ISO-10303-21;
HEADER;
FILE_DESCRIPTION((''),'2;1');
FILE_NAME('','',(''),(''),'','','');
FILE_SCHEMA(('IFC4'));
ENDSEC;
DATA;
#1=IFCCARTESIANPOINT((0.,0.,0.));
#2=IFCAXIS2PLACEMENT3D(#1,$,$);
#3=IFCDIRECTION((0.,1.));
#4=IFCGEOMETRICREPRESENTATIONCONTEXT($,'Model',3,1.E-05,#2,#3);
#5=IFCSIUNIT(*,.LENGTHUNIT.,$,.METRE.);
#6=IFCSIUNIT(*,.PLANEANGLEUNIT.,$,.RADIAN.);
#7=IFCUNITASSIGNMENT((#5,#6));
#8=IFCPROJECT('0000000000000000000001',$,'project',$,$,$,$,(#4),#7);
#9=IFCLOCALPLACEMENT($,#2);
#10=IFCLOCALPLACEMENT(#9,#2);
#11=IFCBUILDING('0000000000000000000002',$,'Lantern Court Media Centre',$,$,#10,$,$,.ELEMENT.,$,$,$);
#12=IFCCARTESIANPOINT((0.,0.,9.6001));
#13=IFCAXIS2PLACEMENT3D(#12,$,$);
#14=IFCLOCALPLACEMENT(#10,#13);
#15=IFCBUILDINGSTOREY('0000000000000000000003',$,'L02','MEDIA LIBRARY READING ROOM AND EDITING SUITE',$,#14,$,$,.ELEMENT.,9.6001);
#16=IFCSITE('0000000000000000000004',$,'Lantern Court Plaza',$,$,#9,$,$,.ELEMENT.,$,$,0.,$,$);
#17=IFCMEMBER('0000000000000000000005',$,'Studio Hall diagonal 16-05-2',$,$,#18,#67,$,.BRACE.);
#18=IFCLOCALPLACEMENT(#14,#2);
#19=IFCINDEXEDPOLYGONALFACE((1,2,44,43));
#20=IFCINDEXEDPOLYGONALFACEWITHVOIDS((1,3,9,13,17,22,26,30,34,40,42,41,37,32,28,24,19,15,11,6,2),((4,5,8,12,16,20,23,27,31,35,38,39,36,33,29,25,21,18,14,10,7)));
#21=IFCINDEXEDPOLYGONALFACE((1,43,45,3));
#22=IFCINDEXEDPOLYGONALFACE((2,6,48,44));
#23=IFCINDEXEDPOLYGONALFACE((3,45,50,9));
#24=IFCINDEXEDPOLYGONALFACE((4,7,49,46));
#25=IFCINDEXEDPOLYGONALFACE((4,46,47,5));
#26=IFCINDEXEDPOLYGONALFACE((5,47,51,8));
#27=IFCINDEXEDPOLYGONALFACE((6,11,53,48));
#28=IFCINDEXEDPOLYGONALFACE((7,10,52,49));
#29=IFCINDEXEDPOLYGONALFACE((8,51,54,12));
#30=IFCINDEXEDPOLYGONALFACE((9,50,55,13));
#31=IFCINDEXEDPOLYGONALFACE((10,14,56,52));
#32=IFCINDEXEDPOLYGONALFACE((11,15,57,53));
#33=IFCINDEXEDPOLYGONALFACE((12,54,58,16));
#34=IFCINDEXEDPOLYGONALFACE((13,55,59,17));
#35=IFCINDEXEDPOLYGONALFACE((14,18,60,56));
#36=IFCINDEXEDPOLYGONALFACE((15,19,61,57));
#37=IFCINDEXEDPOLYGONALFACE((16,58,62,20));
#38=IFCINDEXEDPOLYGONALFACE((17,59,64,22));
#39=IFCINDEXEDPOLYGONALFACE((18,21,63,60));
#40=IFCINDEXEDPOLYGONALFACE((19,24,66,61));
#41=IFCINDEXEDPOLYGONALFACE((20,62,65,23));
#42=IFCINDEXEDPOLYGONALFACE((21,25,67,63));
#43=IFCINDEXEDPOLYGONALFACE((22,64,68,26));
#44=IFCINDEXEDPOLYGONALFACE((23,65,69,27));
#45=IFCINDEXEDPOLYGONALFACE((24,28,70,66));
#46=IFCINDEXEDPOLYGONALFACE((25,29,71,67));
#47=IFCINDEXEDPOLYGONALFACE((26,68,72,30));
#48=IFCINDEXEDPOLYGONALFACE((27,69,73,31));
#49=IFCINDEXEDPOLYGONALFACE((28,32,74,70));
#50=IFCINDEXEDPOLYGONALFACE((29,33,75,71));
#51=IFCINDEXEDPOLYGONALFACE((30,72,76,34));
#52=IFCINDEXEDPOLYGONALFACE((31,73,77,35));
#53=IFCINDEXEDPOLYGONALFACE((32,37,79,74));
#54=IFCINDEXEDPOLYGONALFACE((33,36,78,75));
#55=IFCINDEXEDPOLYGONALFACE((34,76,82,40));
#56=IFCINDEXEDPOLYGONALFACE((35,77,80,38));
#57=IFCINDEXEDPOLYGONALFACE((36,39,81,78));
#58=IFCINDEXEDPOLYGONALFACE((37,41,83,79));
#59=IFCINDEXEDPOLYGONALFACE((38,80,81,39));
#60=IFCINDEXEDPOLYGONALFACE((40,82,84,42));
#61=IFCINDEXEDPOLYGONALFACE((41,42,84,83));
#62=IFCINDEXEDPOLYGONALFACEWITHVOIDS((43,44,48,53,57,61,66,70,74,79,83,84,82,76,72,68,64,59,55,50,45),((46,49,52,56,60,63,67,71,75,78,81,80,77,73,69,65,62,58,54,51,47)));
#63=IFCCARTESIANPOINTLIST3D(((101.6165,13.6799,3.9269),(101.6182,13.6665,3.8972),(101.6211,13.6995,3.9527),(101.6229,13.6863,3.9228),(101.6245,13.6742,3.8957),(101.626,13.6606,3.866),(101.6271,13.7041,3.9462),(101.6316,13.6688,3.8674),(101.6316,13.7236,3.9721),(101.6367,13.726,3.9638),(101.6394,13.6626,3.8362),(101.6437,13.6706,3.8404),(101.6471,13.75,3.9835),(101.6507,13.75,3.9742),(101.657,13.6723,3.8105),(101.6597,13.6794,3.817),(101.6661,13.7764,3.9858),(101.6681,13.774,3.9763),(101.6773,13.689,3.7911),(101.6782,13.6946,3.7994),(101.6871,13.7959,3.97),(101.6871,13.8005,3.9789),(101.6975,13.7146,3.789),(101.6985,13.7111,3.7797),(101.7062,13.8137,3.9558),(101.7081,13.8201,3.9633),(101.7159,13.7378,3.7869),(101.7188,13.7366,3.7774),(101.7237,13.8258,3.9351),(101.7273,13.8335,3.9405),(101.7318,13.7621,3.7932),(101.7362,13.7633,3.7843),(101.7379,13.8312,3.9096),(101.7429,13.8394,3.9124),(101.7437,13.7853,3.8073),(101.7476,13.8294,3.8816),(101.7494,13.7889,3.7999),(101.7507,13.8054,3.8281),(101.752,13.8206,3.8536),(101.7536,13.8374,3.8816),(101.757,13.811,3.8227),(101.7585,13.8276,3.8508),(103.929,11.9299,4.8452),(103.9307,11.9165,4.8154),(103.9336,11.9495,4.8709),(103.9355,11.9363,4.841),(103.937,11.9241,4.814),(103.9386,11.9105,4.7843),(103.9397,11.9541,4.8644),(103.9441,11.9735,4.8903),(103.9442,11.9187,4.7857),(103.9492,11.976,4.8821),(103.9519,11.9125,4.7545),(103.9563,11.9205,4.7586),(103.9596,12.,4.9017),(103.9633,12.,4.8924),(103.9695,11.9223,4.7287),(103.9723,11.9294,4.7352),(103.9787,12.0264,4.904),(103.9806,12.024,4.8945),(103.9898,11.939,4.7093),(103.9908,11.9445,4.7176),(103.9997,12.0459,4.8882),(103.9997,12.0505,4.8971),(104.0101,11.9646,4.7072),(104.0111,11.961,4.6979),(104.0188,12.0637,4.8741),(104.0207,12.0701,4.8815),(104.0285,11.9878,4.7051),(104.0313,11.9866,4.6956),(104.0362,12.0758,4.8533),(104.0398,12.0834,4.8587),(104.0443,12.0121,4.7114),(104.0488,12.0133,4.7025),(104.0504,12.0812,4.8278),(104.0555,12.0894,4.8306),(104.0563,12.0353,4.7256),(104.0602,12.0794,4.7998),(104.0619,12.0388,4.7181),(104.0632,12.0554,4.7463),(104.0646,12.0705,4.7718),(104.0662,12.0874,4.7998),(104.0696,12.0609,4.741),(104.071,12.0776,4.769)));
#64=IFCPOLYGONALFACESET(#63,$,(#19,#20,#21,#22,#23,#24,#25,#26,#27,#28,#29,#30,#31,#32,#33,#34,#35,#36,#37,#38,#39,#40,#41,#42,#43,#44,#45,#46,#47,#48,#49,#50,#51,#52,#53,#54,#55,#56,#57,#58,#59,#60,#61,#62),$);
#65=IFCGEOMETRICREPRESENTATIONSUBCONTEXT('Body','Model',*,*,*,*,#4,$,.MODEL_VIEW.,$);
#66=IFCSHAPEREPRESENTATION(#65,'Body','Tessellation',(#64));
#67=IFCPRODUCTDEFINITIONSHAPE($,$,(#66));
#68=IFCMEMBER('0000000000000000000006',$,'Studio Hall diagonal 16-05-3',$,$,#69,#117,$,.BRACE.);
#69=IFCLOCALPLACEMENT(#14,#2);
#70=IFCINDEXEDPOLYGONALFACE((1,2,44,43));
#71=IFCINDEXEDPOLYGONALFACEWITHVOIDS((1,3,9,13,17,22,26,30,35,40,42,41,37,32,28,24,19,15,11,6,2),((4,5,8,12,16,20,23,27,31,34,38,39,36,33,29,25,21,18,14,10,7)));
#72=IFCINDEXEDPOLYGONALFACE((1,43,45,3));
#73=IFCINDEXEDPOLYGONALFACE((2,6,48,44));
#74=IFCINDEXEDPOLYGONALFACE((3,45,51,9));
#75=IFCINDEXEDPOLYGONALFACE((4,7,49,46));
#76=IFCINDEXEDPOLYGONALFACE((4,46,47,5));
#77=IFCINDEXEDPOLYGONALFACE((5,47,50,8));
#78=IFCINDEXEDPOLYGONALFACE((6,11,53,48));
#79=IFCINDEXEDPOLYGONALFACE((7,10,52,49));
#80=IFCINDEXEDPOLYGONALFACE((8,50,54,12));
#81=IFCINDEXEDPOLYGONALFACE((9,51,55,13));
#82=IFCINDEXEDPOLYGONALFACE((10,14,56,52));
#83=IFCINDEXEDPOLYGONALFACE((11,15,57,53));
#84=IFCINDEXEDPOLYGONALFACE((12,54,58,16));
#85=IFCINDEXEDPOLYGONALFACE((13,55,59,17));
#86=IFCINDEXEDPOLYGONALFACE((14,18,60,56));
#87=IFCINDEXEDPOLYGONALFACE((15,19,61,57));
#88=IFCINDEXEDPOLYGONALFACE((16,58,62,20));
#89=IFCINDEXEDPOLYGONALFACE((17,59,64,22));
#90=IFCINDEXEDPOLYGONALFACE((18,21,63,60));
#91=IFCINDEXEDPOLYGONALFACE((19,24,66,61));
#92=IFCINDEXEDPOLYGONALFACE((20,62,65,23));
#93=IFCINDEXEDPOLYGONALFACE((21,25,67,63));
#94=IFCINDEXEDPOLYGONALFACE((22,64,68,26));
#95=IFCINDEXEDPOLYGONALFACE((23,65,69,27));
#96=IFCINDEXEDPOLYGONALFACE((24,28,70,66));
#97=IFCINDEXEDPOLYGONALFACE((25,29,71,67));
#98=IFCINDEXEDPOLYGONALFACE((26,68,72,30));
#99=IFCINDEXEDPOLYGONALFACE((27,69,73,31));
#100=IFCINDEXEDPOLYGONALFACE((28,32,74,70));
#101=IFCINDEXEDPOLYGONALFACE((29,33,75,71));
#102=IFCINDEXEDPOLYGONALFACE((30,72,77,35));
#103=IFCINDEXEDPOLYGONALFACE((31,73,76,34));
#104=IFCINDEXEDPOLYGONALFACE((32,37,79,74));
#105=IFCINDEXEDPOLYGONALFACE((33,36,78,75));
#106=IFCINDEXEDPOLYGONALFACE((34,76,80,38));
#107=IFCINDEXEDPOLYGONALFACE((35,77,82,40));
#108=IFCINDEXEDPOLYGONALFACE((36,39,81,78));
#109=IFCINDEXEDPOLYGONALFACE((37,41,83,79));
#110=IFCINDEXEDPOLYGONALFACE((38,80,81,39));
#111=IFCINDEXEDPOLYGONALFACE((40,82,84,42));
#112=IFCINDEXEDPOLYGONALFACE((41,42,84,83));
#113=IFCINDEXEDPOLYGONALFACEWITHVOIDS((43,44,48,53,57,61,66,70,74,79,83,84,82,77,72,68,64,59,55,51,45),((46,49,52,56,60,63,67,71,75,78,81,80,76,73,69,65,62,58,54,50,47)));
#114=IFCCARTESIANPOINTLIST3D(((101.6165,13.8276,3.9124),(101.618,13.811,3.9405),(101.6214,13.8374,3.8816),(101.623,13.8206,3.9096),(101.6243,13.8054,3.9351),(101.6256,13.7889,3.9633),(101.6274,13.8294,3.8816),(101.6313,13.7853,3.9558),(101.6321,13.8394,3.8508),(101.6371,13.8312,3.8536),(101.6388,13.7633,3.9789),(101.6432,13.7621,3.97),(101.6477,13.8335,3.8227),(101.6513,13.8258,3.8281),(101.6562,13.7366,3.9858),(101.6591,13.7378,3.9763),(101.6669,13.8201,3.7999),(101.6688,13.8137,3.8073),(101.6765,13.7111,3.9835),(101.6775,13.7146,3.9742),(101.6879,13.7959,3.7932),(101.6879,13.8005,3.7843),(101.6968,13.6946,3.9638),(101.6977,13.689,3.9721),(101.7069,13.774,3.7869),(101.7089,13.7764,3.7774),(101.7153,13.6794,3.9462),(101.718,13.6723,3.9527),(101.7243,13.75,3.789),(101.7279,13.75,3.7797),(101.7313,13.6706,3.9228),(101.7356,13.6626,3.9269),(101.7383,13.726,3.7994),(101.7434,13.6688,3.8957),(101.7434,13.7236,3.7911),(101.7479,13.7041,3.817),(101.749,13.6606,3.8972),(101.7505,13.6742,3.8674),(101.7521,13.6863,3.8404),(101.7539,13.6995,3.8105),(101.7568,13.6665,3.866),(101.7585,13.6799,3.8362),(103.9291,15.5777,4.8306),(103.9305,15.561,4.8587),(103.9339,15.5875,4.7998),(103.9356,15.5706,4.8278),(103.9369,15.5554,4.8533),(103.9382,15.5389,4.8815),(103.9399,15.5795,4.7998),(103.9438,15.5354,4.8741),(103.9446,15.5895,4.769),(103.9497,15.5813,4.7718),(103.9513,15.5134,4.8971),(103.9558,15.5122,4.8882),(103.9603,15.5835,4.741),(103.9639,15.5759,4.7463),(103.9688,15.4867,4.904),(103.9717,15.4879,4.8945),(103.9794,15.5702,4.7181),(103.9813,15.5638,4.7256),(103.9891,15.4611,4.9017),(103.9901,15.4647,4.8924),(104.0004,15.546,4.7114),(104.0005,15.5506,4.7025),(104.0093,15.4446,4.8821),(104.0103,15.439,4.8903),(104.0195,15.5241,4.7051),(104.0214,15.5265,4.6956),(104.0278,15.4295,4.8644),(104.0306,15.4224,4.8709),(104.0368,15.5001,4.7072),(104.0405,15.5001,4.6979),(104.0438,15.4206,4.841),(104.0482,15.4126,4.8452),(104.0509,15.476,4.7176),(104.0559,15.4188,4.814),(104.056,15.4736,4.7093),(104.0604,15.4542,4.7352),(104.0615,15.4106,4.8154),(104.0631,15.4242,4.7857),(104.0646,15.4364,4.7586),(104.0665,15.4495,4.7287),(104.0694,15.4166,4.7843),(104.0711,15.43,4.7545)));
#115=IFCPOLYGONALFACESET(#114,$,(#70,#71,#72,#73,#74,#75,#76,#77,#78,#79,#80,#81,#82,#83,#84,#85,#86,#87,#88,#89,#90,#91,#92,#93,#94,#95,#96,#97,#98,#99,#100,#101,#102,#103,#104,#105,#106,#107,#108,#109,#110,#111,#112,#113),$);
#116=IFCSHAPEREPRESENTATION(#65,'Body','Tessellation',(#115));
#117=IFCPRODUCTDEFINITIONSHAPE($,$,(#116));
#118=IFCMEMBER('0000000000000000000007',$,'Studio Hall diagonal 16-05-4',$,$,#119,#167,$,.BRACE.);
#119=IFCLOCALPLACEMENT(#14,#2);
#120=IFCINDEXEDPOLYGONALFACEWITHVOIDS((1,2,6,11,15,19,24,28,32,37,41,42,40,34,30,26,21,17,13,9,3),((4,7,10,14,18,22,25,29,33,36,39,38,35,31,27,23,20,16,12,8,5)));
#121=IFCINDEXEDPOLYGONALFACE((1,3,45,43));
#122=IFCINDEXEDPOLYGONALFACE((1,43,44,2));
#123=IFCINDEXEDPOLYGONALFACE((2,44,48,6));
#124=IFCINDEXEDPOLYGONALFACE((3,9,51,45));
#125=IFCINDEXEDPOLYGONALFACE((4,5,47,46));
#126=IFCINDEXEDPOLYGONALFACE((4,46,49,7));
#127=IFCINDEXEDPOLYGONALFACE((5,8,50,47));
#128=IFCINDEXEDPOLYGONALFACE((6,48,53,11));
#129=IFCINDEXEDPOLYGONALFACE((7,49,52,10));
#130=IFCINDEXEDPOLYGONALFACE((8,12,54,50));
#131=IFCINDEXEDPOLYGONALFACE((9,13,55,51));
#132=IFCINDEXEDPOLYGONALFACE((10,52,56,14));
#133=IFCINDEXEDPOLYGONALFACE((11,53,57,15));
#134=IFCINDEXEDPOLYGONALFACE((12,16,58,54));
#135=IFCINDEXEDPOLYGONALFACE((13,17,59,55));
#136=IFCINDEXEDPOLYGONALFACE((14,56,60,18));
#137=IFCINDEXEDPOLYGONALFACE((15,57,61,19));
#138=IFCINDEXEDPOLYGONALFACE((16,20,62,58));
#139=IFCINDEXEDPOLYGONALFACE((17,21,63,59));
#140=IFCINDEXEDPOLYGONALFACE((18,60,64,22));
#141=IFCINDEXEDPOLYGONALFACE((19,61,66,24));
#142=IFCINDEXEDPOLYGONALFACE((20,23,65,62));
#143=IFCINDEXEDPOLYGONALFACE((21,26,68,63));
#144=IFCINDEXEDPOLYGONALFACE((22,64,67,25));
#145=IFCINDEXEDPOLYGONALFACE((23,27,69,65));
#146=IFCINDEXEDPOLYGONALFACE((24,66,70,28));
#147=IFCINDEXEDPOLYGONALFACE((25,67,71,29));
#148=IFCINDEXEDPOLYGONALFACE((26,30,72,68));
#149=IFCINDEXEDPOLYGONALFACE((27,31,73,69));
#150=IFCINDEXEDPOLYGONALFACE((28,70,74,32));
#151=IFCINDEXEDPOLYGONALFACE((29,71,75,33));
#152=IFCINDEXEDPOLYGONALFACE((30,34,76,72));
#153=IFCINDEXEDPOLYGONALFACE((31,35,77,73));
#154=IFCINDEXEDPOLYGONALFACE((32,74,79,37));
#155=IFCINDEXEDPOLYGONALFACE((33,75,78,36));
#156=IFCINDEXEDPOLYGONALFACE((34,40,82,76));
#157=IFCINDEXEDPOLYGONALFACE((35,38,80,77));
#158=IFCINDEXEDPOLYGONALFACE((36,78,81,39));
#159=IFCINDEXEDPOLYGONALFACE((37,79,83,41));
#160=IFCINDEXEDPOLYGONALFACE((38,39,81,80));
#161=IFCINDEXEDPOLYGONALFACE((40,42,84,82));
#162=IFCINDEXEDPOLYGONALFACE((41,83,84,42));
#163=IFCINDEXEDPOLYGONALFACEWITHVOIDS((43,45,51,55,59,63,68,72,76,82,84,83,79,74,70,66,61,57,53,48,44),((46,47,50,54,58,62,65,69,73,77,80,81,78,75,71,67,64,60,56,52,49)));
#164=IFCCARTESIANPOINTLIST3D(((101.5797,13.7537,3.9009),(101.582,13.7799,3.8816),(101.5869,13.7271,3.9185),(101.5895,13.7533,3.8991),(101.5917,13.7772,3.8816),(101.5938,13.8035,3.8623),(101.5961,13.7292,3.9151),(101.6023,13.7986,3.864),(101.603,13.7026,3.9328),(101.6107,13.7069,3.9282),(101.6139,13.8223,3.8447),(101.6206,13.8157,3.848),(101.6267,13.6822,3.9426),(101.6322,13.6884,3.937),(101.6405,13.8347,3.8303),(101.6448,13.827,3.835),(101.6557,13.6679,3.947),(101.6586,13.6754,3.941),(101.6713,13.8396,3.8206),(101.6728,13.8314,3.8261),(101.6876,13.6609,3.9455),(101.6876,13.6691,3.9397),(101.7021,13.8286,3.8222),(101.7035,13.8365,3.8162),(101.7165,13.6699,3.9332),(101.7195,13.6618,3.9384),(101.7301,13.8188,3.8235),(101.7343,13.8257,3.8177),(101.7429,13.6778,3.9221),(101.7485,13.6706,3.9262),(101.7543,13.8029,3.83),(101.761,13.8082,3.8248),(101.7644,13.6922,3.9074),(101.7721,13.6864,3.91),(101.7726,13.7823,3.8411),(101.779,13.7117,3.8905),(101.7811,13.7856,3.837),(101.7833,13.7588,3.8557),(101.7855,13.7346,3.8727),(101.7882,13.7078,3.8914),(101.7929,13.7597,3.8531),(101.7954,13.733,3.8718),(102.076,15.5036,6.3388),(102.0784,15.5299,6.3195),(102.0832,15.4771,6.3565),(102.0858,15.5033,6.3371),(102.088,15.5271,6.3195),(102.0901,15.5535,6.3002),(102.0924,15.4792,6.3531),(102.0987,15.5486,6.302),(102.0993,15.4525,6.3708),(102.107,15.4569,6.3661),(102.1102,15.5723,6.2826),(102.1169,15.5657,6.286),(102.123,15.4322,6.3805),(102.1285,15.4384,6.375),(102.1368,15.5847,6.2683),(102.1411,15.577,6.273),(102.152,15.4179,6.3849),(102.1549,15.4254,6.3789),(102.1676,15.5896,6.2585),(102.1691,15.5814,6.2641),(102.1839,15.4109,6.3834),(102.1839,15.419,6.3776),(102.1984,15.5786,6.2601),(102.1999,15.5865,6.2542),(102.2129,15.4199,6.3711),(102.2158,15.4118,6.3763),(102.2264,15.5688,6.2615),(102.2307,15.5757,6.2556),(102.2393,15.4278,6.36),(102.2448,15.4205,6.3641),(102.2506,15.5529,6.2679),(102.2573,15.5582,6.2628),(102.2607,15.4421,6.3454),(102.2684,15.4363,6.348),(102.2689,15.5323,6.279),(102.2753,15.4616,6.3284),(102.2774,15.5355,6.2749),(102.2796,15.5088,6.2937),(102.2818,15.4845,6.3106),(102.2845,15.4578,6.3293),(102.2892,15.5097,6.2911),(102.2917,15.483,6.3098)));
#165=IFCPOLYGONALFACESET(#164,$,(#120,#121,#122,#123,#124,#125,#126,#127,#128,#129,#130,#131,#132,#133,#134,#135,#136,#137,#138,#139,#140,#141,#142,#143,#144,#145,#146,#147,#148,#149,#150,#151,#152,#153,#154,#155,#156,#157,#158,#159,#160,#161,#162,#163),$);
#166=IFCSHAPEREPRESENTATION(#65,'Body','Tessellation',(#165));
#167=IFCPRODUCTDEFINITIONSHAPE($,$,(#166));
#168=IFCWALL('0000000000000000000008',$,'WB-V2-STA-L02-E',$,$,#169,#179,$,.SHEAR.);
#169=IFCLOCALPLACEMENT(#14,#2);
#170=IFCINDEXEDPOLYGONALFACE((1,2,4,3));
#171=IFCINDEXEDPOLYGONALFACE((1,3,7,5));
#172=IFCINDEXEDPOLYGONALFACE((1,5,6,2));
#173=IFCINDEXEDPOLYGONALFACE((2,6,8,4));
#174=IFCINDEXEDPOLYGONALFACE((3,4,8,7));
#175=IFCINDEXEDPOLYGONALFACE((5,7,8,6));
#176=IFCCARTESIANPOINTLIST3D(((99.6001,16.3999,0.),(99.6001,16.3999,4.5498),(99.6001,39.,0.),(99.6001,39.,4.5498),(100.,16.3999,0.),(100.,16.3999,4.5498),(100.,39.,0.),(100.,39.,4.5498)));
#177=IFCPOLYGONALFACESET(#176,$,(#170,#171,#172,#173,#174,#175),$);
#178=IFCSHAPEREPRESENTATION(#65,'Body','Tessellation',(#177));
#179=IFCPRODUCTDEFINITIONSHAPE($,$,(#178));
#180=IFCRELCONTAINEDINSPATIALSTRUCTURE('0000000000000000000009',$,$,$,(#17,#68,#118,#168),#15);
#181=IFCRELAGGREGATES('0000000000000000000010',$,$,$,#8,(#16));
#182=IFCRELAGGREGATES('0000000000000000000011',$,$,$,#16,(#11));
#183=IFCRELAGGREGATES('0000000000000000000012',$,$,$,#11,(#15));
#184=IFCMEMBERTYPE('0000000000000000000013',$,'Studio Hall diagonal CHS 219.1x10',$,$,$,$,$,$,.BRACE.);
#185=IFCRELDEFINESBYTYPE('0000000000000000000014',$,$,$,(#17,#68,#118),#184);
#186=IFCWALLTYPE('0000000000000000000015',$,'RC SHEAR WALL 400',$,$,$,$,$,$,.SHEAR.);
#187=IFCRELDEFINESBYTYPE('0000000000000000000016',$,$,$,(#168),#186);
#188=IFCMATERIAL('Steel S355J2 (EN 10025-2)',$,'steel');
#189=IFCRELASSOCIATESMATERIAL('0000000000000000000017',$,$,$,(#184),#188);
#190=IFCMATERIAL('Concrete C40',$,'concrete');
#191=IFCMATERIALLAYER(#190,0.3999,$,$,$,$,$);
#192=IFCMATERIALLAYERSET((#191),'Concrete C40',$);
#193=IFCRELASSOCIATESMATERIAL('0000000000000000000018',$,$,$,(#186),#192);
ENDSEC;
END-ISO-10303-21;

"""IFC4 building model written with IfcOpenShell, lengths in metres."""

from ifc_helpers import new_model, si_unit, direction, frame, frame_2d, origin, origin_2d, place, context, subcontext, project, spatial, rectangle, hollow_circle, extrude, material, layer, layer_set, material_profile, profile_set, type_object, element, save


model = new_model("IFC4")

# Units and contexts
model_context = context("Model", 3, precision=1e-05, world=origin(), true_north=direction((0.0, 1.0)))
body_context = subcontext(model_context, "Body", "Model", "MODEL_VIEW")
ifc_project = project(units=[si_unit("LENGTHUNIT", "METRE"), si_unit("PLANEANGLEUNIT", "RADIAN")], contexts=[model_context])

# Site, building, storey
site_placement = place(None, origin())
site = spatial("IfcSite", under=ifc_project, at=site_placement, Name="Lantern Court Plaza", CompositionType="ELEMENT", RefElevation=0.0)
building_placement = place(site_placement, origin())
building = spatial("IfcBuilding", under=site, at=building_placement, Name="Lantern Court Media Centre", CompositionType="ELEMENT")
storey_placement = place(building_placement, frame((0.0, 0.0, 9.6001)))
storey = spatial("IfcBuildingStorey", under=building, at=storey_placement, Name="L02", Description="MEDIA LIBRARY READING ROOM AND EDITING SUITE", CompositionType="ELEMENT", Elevation=9.6001)

# Members
ifc_material_1 = material(Name="Steel S355J2 (EN 10025-2)", Category="steel")
ifc_material_profile_1 = material_profile(ifc_material_1, hollow_circle(Radius=0.1096, WallThickness=0.01, at=origin_2d()), Name="Studio Hall diagonal CHS 219.1x10")
ifc_profile_set_1 = profile_set([ifc_material_profile_1], Name="Steel S355J2 (EN 10025-2)")
member_type_1 = type_object("IfcMemberType", Name="Studio Hall diagonal CHS 219.1x10", PredefinedType="BRACE", material=ifc_profile_set_1)
for number, where, z_axis, x_axis, name in (
    (1, (101.6875, 13.75, 3.8816), (0.760211, -0.575295, 0.301853), (0.603443, 0.797406, 0.0), "Studio Hall diagonal 16-05-2"),
    (2, (101.6875, 13.75, 3.8816), (0.760211, 0.575295, 0.301853), (-0.603443, 0.797406, 0.0), "Studio Hall diagonal 16-05-3"),
):
    element("IfcMember", number, at=place(storey_placement, frame(where, z_axis=z_axis, x_axis=x_axis)), inside=storey, type_object=member_type_1, Name=name, PredefinedType="BRACE", context=body_context, shape_type="SweptSolid", body=[
        extrude(hollow_circle(Radius=0.1096, WallThickness=0.01, at=origin_2d()), origin(), (0.0, 0.0, 1.0), 3.042),
    ])
member_1_placement = place(storey_placement, frame((101.6875, 13.75, 3.8816), z_axis=(0.163172, 0.575314, 0.801491), x_axis=(-0.962054, 0.272859, 0.0)))
element("IfcMember", 3, at=member_1_placement, inside=storey, type_object=member_type_1, Name="Studio Hall diagonal 16-05-4", PredefinedType="BRACE", context=body_context, shape_type="SweptSolid", body=[
    extrude(hollow_circle(Radius=0.1096, WallThickness=0.01, at=origin_2d()), origin(), (0.0, 0.0, 1.0), 3.0417),
])

# Wall
ifc_material_2 = material(Name="Concrete C40", Category="concrete")
ifc_layer = layer(ifc_material_2, 0.3999)
ifc_layer_set = layer_set([ifc_layer], Name="Concrete C40")
wall_type = type_object("IfcWallType", Name="RC SHEAR WALL 400", PredefinedType="SHEAR", material=ifc_layer_set)
wall_placement = place(storey_placement, frame((99.8, 16.3999, 0.0), z_axis=(0.0, 0.0, 1.0), x_axis=(0.0, 1.0, 0.0)))
element("IfcWall", 4, at=wall_placement, inside=storey, type_object=wall_type, Name="WB-V2-STA-L02-E", PredefinedType="SHEAR", context=body_context, shape_type="SweptSolid", body=[
    extrude(rectangle(XDim=22.6001, YDim=0.3999, at=frame_2d((11.3, 0.0))), origin(), (0.0, 0.0, 1.0), 4.5498),
])

save(model, "model.ifc")
